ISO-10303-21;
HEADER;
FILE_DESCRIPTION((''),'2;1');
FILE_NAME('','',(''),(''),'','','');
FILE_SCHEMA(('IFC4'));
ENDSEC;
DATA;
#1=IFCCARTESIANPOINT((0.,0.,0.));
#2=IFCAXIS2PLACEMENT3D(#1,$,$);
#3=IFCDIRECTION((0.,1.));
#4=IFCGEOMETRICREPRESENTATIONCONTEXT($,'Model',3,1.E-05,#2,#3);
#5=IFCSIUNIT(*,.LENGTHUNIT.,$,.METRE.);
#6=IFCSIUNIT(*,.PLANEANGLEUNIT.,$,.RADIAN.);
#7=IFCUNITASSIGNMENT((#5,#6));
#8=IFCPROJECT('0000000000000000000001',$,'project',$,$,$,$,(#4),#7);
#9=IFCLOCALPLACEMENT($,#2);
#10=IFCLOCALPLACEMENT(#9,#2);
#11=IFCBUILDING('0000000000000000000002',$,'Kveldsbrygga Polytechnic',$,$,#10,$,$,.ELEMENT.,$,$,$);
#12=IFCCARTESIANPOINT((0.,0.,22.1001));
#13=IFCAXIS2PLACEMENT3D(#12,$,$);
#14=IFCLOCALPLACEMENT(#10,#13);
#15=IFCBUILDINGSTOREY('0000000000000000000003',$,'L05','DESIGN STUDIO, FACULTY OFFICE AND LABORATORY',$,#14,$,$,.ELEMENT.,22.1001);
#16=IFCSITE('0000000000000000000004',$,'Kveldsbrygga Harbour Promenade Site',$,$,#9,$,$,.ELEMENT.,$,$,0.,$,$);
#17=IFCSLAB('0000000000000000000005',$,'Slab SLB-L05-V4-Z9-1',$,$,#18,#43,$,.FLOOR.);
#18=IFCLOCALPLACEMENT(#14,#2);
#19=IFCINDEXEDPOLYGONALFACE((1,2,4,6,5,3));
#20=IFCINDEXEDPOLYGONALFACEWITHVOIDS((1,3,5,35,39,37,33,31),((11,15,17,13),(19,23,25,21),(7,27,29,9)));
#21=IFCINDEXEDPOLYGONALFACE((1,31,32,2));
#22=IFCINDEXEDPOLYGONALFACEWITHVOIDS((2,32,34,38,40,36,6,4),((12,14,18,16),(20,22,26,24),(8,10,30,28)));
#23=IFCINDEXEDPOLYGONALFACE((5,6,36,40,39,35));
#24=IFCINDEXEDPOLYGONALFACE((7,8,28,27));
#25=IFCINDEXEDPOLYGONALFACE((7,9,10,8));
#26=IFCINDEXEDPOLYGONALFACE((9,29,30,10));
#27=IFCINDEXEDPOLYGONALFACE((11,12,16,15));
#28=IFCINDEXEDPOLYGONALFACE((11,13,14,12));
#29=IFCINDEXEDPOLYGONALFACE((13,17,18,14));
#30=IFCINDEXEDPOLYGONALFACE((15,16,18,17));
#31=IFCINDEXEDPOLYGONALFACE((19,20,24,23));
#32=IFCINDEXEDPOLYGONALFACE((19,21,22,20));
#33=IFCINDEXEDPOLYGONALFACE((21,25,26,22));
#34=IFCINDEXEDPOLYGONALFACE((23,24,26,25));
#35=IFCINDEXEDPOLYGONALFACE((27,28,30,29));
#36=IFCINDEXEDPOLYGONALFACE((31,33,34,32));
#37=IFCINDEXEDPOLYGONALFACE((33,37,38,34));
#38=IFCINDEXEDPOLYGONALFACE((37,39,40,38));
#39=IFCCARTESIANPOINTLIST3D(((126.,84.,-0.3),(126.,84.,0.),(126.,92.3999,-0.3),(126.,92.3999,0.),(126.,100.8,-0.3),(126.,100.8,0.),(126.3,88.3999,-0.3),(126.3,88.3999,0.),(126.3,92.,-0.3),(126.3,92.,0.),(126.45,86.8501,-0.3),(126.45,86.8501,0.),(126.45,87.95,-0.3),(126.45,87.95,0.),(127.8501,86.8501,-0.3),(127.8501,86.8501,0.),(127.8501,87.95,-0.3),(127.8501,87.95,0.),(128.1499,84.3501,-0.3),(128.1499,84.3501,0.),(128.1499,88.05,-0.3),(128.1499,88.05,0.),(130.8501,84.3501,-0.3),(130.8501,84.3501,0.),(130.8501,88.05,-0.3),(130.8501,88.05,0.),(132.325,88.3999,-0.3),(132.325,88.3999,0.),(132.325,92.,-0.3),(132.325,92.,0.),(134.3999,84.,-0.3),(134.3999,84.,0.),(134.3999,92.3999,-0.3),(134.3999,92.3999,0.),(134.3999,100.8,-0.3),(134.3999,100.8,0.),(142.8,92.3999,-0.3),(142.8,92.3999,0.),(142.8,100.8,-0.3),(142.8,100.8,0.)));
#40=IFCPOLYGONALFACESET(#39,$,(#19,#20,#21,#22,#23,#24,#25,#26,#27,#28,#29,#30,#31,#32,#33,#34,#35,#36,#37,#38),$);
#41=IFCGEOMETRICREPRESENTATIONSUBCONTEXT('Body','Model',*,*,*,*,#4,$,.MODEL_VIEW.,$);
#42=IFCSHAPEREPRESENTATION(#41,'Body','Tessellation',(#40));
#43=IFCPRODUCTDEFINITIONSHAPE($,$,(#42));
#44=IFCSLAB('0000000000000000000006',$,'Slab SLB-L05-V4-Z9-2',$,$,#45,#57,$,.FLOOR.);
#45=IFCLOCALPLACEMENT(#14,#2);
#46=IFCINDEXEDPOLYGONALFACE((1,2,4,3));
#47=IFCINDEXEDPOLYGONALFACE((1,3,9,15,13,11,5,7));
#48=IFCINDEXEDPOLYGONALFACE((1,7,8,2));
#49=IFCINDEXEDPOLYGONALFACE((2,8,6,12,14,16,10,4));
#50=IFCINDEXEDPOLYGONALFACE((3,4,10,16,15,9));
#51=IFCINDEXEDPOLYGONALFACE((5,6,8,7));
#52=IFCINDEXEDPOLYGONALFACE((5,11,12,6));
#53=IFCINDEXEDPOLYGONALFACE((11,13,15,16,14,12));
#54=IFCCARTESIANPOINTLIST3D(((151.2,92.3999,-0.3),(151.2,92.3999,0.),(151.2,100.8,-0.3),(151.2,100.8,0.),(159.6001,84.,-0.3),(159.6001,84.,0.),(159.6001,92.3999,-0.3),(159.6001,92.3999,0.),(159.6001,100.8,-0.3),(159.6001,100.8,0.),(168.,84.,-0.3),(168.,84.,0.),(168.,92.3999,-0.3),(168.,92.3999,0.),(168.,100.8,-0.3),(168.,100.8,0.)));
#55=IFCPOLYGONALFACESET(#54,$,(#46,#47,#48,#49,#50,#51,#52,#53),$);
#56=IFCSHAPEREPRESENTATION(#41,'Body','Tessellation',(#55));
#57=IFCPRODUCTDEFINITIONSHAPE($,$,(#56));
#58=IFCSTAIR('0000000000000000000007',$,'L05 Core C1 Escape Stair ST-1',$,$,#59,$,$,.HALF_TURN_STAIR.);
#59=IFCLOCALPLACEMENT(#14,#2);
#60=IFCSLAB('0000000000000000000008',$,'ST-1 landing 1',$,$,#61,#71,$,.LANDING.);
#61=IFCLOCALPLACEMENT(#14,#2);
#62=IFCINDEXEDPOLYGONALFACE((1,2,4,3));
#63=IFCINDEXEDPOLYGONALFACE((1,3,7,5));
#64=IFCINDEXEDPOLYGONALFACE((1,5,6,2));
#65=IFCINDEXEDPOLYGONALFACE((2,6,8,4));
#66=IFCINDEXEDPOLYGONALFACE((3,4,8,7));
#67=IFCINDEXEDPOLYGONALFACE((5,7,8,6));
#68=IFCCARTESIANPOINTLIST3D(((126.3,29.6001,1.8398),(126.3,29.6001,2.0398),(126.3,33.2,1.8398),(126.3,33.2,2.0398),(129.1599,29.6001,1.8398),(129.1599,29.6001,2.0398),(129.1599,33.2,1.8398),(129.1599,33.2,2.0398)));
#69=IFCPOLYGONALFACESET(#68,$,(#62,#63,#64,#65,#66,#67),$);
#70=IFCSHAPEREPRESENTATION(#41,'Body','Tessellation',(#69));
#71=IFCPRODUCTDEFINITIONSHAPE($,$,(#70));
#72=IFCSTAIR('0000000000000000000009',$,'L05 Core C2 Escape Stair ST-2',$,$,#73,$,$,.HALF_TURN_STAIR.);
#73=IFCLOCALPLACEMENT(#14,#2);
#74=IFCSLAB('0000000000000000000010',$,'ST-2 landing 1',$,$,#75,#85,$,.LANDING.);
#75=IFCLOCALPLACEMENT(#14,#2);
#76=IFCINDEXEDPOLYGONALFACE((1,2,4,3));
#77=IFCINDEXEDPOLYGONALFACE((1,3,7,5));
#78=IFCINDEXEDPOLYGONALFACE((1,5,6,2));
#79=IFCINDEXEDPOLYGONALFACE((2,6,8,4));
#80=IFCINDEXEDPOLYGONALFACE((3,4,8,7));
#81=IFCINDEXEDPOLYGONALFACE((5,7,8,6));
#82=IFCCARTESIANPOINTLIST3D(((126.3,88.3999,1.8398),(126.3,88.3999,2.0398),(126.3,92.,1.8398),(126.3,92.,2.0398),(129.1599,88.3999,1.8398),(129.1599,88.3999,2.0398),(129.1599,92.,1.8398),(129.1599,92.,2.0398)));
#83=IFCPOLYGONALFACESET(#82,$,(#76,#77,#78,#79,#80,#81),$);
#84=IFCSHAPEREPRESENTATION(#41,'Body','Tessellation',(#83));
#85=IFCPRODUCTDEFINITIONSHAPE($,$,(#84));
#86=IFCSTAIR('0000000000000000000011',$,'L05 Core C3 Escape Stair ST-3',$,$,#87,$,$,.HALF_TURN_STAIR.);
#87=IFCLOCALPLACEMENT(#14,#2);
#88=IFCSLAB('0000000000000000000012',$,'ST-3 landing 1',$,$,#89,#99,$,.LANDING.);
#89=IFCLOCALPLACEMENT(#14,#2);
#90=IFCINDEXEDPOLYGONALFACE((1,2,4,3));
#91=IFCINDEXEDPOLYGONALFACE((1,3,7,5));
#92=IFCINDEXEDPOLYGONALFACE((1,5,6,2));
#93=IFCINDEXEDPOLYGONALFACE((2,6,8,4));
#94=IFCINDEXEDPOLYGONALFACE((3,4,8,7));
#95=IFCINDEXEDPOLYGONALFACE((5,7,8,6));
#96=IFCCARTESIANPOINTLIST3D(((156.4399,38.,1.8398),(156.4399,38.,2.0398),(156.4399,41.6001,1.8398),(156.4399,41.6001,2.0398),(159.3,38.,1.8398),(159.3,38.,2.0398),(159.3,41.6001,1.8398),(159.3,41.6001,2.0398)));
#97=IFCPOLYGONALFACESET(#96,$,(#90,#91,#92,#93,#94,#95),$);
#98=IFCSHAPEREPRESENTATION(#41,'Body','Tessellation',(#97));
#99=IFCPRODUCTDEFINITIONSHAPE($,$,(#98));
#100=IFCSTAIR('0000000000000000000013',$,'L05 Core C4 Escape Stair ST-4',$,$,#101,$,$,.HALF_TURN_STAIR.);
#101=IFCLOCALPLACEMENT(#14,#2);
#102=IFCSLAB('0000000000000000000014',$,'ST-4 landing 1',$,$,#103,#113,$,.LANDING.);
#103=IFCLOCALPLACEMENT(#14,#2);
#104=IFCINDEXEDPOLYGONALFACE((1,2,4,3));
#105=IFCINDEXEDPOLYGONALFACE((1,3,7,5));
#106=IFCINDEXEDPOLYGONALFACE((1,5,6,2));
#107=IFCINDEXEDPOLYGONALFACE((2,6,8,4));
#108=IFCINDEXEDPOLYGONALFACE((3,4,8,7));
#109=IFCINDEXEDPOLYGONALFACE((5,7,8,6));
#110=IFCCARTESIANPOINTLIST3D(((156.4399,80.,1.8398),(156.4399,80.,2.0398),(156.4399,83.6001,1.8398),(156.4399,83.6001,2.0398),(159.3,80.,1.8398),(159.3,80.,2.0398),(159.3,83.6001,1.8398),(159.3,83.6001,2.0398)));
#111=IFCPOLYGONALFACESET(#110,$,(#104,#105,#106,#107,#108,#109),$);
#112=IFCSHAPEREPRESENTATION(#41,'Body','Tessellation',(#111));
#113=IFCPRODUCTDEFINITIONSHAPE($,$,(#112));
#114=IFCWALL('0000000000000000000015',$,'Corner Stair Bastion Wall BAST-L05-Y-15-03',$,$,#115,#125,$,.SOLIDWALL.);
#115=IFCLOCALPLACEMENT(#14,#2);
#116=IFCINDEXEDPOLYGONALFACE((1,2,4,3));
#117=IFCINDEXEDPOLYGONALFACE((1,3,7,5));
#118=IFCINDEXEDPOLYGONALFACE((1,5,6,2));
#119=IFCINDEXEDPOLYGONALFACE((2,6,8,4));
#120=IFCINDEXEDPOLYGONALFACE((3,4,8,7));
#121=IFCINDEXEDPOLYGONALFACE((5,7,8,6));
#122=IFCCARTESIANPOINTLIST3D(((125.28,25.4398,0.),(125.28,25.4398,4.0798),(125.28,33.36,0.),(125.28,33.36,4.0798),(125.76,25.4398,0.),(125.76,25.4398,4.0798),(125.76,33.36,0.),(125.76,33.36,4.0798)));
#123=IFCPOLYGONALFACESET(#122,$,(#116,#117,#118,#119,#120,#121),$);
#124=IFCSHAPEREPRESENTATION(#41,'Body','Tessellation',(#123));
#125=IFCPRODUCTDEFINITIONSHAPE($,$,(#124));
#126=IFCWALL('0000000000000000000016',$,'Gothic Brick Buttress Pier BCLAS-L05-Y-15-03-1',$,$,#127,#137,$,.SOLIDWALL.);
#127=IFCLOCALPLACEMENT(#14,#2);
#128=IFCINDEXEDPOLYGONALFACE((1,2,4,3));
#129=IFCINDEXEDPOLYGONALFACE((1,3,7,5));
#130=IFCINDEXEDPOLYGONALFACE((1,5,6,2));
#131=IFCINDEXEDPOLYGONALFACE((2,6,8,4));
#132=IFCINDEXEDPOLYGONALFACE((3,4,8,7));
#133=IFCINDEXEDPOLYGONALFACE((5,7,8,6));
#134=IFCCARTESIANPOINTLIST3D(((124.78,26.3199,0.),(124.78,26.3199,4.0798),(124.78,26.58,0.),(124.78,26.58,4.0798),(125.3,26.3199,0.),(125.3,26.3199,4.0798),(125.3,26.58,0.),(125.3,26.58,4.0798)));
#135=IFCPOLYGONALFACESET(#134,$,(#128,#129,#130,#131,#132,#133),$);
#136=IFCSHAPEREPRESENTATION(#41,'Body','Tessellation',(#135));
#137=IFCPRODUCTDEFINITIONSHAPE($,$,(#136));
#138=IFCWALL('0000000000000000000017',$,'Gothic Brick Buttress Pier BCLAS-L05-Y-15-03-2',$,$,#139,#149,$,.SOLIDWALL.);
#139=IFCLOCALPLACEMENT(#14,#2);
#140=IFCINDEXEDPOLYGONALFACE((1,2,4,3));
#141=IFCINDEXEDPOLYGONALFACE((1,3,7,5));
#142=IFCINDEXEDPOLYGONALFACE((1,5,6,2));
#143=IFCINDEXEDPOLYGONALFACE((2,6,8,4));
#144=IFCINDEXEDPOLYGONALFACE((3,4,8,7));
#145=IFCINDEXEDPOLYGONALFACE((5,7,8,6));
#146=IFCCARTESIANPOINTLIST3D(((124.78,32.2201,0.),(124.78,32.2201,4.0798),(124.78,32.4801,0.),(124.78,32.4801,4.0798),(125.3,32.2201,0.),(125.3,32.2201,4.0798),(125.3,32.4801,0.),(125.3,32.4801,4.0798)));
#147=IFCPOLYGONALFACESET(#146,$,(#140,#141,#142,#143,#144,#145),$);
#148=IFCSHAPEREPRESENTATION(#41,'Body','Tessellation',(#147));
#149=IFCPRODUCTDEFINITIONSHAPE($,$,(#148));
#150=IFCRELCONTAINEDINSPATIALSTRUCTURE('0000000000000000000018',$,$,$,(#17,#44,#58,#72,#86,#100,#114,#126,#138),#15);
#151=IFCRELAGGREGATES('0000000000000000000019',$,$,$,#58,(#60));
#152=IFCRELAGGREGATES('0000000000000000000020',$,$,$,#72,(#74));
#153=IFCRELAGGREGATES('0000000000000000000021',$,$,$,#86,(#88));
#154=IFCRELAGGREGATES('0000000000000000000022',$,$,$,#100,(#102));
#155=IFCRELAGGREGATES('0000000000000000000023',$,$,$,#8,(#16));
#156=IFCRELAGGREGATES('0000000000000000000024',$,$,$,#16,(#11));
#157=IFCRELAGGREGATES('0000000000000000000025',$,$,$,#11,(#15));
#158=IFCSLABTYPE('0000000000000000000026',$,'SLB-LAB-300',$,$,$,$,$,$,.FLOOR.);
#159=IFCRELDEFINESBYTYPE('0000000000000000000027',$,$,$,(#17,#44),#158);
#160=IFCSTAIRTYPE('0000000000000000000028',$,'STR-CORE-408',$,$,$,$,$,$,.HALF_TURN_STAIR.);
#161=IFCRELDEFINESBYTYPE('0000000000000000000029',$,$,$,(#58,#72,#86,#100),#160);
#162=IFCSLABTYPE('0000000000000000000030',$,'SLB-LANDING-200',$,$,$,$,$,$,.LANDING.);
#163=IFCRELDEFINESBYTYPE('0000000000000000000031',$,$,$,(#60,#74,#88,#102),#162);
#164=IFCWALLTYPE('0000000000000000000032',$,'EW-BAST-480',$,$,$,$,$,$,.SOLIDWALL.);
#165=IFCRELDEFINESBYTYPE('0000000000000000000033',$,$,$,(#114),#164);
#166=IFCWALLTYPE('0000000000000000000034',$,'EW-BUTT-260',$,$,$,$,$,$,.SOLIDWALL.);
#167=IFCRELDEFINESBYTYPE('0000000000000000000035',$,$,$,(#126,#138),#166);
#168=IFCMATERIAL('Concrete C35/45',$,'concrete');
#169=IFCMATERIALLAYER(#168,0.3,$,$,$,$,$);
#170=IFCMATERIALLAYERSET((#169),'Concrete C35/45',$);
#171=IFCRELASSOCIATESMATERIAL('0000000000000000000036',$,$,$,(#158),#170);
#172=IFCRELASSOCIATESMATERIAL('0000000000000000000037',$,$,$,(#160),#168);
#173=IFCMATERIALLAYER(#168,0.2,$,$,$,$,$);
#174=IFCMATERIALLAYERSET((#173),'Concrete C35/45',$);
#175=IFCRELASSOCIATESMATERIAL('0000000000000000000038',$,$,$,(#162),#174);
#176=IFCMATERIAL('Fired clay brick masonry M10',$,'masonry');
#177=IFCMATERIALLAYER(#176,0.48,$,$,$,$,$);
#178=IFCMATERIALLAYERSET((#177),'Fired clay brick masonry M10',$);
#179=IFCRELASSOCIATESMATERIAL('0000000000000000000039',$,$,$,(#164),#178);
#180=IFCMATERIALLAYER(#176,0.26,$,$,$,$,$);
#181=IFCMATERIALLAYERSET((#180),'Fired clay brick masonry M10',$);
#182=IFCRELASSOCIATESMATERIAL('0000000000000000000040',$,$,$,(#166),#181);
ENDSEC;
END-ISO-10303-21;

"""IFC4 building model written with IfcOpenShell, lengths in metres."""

from ifc_helpers import new_model, si_unit, direction, frame, frame_2d, origin, place, context, subcontext, project, spatial, polyline, rectangle, outline, extrude, material, layer, layer_set, type_object, element, aggregate, save


model = new_model("IFC4")

# Units and contexts
model_context = context("Model", 3, precision=1e-05, world=origin(), true_north=direction((0.0, 1.0)))
body_context = subcontext(model_context, "Body", "Model", "MODEL_VIEW")
ifc_project = project(units=[si_unit("LENGTHUNIT", "METRE"), si_unit("PLANEANGLEUNIT", "RADIAN")], contexts=[model_context])

# Site, building, storey
site_placement = place(None, origin())
site = spatial("IfcSite", under=ifc_project, at=site_placement, Name="Kveldsbrygga Harbour Promenade Site", CompositionType="ELEMENT", RefElevation=0.0)
building_placement = place(site_placement, origin())
building = spatial("IfcBuilding", under=site, at=building_placement, Name="Kveldsbrygga Polytechnic", CompositionType="ELEMENT")
storey_placement = place(building_placement, frame((0.0, 0.0, 22.1001)))
storey = spatial("IfcBuildingStorey", under=building, at=storey_placement, Name="L05", Description="DESIGN STUDIO, FACULTY OFFICE AND LABORATORY", CompositionType="ELEMENT", Elevation=22.1001)

# Slabs
ifc_material_1 = material(Name="Concrete C35/45", Category="concrete")
ifc_layer_1 = layer(ifc_material_1, 0.3)
ifc_layer_set_1 = layer_set([ifc_layer_1], Name="Concrete C35/45")
slab_type_1 = type_object("IfcSlabType", Name="SLB-LAB-300", PredefinedType="FLOOR", material=ifc_layer_set_1)
slab_1_placement = place(storey_placement, frame((0.0, 0.0, -0.3)))
element("IfcSlab", 1, at=slab_1_placement, inside=storey, type_object=slab_type_1, Name="Slab SLB-L05-V4-Z9-1", PredefinedType="FLOOR", context=body_context, shape_type="SweptSolid", body=[
    extrude(outline(polyline([(126.0, 84.0), (126.0, 92.3999), (126.0, 100.8), (134.3999, 100.8), (142.8, 100.8), (142.8, 92.3999), (134.3999, 92.3999), (134.3999, 84.0), (126.0, 84.0)]), holes=[polyline([(132.325, 92.0), (126.3, 92.0), (126.3, 88.3999), (132.325, 88.3999), (132.325, 92.0)]), polyline([(128.1499, 84.3501), (130.8501, 84.3501), (130.8501, 88.05), (128.1499, 88.05), (128.1499, 84.3501)]), polyline([(126.45, 86.8501), (127.8501, 86.8501), (127.8501, 87.95), (126.45, 87.95), (126.45, 86.8501)])]), origin(), (0.0, 0.0, 1.0), 0.3),
])
slab_2_placement = place(storey_placement, frame((0.0, 0.0, -0.3)))
element("IfcSlab", 2, at=slab_2_placement, inside=storey, type_object=slab_type_1, Name="Slab SLB-L05-V4-Z9-2", PredefinedType="FLOOR", context=body_context, shape_type="SweptSolid", body=[
    extrude(outline(polyline([(168.0, 84.0), (159.6001, 84.0), (159.6001, 92.3999), (151.2, 92.3999), (151.2, 100.8), (159.6001, 100.8), (168.0, 100.8), (168.0, 92.3999), (168.0, 84.0)])), origin(), (0.0, 0.0, 1.0), 0.3),
])

# Stairs, slabs
stair_type = type_object("IfcStairType", Name="STR-CORE-408", PredefinedType="HALF_TURN_STAIR", material=ifc_material_1)
stair_1_placement = place(storey_placement, origin())
stair_1 = element("IfcStair", 3, at=stair_1_placement, inside=storey, type_object=stair_type, Name="L05 Core C1 Escape Stair ST-1", PredefinedType="HALF_TURN_STAIR")
ifc_layer_2 = layer(ifc_material_1, 0.2)
ifc_layer_set_2 = layer_set([ifc_layer_2], Name="Concrete C35/45")
slab_type_2 = type_object("IfcSlabType", Name="SLB-LANDING-200", PredefinedType="LANDING", material=ifc_layer_set_2)
slab_3_placement = place(storey_placement, frame((0.0, 0.0, 1.8398)))
slab_3 = element("IfcSlab", 4, at=slab_3_placement, type_object=slab_type_2, Name="ST-1 landing 1", PredefinedType="LANDING", context=body_context, shape_type="SweptSolid", body=[
    extrude(outline(polyline([(129.1599, 33.2), (126.3, 33.2), (126.3, 29.6001), (129.1599, 29.6001), (129.1599, 33.2)])), origin(), (0.0, 0.0, 1.0), 0.2),
])
aggregate(stair_1, [slab_3])
stair_2_placement = place(storey_placement, origin())
stair_2 = element("IfcStair", 5, at=stair_2_placement, inside=storey, type_object=stair_type, Name="L05 Core C2 Escape Stair ST-2", PredefinedType="HALF_TURN_STAIR")
slab_4_placement = place(storey_placement, frame((0.0, 0.0, 1.8398)))
slab_4 = element("IfcSlab", 6, at=slab_4_placement, type_object=slab_type_2, Name="ST-2 landing 1", PredefinedType="LANDING", context=body_context, shape_type="SweptSolid", body=[
    extrude(outline(polyline([(129.1599, 92.0), (126.3, 92.0), (126.3, 88.3999), (129.1599, 88.3999), (129.1599, 92.0)])), origin(), (0.0, 0.0, 1.0), 0.2),
])
aggregate(stair_2, [slab_4])
stair_3_placement = place(storey_placement, origin())
stair_3 = element("IfcStair", 7, at=stair_3_placement, inside=storey, type_object=stair_type, Name="L05 Core C3 Escape Stair ST-3", PredefinedType="HALF_TURN_STAIR")
slab_5_placement = place(storey_placement, frame((0.0, 0.0, 1.8398)))
slab_5 = element("IfcSlab", 8, at=slab_5_placement, type_object=slab_type_2, Name="ST-3 landing 1", PredefinedType="LANDING", context=body_context, shape_type="SweptSolid", body=[
    extrude(outline(polyline([(156.4399, 38.0), (159.3, 38.0), (159.3, 41.6001), (156.4399, 41.6001), (156.4399, 38.0)])), origin(), (0.0, 0.0, 1.0), 0.2),
])
aggregate(stair_3, [slab_5])
stair_4_placement = place(storey_placement, origin())
stair_4 = element("IfcStair", 9, at=stair_4_placement, inside=storey, type_object=stair_type, Name="L05 Core C4 Escape Stair ST-4", PredefinedType="HALF_TURN_STAIR")
slab_6_placement = place(storey_placement, frame((0.0, 0.0, 1.8398)))
slab_6 = element("IfcSlab", 10, at=slab_6_placement, type_object=slab_type_2, Name="ST-4 landing 1", PredefinedType="LANDING", context=body_context, shape_type="SweptSolid", body=[
    extrude(outline(polyline([(156.4399, 80.0), (159.3, 80.0), (159.3, 83.6001), (156.4399, 83.6001), (156.4399, 80.0)])), origin(), (0.0, 0.0, 1.0), 0.2),
])
aggregate(stair_4, [slab_6])

# Walls
ifc_material_2 = material(Name="Fired clay brick masonry M10", Category="masonry")
ifc_layer_3 = layer(ifc_material_2, 0.48)
ifc_layer_set_3 = layer_set([ifc_layer_3], Name="Fired clay brick masonry M10")
wall_type_1 = type_object("IfcWallType", Name="EW-BAST-480", PredefinedType="SOLIDWALL", material=ifc_layer_set_3)
wall_placement = place(storey_placement, frame((125.52, 25.4399, 0.0), z_axis=(0.0, 0.0, 1.0), x_axis=(0.0, 1.0, 0.0)))
element("IfcWall", 11, at=wall_placement, inside=storey, type_object=wall_type_1, Name="Corner Stair Bastion Wall BAST-L05-Y-15-03", PredefinedType="SOLIDWALL", context=body_context, shape_type="SweptSolid", body=[
    extrude(rectangle(XDim=7.9202, YDim=0.48, at=frame_2d((3.96, 0.0))), origin(), (0.0, 0.0, 1.0), 4.0798),
])
ifc_layer_4 = layer(ifc_material_2, 0.26)
ifc_layer_set_4 = layer_set([ifc_layer_4], Name="Fired clay brick masonry M10")
wall_type_2 = type_object("IfcWallType", Name="EW-BUTT-260", PredefinedType="SOLIDWALL", material=ifc_layer_set_4)
for number, where, z_axis, x_axis, name in (
    (12, (125.3, 26.45, 0.0), (0.0, 0.0, 1.0), (-1.0, 0.0, 0.0), "Gothic Brick Buttress Pier BCLAS-L05-Y-15-03-1"),
    (13, (125.3, 32.3501, 0.0), (0.0, 0.0, 1.0), (-1.0, 0.0, 0.0), "Gothic Brick Buttress Pier BCLAS-L05-Y-15-03-2"),
):
    element("IfcWall", number, at=place(storey_placement, frame(where, z_axis=z_axis, x_axis=x_axis)), inside=storey, type_object=wall_type_2, Name=name, PredefinedType="SOLIDWALL", context=body_context, shape_type="SweptSolid", body=[
        extrude(rectangle(XDim=0.52, YDim=0.26, at=frame_2d((0.26, 0.0))), origin(), (0.0, 0.0, 1.0), 4.0798),
    ])

save(model, "model.ifc")
